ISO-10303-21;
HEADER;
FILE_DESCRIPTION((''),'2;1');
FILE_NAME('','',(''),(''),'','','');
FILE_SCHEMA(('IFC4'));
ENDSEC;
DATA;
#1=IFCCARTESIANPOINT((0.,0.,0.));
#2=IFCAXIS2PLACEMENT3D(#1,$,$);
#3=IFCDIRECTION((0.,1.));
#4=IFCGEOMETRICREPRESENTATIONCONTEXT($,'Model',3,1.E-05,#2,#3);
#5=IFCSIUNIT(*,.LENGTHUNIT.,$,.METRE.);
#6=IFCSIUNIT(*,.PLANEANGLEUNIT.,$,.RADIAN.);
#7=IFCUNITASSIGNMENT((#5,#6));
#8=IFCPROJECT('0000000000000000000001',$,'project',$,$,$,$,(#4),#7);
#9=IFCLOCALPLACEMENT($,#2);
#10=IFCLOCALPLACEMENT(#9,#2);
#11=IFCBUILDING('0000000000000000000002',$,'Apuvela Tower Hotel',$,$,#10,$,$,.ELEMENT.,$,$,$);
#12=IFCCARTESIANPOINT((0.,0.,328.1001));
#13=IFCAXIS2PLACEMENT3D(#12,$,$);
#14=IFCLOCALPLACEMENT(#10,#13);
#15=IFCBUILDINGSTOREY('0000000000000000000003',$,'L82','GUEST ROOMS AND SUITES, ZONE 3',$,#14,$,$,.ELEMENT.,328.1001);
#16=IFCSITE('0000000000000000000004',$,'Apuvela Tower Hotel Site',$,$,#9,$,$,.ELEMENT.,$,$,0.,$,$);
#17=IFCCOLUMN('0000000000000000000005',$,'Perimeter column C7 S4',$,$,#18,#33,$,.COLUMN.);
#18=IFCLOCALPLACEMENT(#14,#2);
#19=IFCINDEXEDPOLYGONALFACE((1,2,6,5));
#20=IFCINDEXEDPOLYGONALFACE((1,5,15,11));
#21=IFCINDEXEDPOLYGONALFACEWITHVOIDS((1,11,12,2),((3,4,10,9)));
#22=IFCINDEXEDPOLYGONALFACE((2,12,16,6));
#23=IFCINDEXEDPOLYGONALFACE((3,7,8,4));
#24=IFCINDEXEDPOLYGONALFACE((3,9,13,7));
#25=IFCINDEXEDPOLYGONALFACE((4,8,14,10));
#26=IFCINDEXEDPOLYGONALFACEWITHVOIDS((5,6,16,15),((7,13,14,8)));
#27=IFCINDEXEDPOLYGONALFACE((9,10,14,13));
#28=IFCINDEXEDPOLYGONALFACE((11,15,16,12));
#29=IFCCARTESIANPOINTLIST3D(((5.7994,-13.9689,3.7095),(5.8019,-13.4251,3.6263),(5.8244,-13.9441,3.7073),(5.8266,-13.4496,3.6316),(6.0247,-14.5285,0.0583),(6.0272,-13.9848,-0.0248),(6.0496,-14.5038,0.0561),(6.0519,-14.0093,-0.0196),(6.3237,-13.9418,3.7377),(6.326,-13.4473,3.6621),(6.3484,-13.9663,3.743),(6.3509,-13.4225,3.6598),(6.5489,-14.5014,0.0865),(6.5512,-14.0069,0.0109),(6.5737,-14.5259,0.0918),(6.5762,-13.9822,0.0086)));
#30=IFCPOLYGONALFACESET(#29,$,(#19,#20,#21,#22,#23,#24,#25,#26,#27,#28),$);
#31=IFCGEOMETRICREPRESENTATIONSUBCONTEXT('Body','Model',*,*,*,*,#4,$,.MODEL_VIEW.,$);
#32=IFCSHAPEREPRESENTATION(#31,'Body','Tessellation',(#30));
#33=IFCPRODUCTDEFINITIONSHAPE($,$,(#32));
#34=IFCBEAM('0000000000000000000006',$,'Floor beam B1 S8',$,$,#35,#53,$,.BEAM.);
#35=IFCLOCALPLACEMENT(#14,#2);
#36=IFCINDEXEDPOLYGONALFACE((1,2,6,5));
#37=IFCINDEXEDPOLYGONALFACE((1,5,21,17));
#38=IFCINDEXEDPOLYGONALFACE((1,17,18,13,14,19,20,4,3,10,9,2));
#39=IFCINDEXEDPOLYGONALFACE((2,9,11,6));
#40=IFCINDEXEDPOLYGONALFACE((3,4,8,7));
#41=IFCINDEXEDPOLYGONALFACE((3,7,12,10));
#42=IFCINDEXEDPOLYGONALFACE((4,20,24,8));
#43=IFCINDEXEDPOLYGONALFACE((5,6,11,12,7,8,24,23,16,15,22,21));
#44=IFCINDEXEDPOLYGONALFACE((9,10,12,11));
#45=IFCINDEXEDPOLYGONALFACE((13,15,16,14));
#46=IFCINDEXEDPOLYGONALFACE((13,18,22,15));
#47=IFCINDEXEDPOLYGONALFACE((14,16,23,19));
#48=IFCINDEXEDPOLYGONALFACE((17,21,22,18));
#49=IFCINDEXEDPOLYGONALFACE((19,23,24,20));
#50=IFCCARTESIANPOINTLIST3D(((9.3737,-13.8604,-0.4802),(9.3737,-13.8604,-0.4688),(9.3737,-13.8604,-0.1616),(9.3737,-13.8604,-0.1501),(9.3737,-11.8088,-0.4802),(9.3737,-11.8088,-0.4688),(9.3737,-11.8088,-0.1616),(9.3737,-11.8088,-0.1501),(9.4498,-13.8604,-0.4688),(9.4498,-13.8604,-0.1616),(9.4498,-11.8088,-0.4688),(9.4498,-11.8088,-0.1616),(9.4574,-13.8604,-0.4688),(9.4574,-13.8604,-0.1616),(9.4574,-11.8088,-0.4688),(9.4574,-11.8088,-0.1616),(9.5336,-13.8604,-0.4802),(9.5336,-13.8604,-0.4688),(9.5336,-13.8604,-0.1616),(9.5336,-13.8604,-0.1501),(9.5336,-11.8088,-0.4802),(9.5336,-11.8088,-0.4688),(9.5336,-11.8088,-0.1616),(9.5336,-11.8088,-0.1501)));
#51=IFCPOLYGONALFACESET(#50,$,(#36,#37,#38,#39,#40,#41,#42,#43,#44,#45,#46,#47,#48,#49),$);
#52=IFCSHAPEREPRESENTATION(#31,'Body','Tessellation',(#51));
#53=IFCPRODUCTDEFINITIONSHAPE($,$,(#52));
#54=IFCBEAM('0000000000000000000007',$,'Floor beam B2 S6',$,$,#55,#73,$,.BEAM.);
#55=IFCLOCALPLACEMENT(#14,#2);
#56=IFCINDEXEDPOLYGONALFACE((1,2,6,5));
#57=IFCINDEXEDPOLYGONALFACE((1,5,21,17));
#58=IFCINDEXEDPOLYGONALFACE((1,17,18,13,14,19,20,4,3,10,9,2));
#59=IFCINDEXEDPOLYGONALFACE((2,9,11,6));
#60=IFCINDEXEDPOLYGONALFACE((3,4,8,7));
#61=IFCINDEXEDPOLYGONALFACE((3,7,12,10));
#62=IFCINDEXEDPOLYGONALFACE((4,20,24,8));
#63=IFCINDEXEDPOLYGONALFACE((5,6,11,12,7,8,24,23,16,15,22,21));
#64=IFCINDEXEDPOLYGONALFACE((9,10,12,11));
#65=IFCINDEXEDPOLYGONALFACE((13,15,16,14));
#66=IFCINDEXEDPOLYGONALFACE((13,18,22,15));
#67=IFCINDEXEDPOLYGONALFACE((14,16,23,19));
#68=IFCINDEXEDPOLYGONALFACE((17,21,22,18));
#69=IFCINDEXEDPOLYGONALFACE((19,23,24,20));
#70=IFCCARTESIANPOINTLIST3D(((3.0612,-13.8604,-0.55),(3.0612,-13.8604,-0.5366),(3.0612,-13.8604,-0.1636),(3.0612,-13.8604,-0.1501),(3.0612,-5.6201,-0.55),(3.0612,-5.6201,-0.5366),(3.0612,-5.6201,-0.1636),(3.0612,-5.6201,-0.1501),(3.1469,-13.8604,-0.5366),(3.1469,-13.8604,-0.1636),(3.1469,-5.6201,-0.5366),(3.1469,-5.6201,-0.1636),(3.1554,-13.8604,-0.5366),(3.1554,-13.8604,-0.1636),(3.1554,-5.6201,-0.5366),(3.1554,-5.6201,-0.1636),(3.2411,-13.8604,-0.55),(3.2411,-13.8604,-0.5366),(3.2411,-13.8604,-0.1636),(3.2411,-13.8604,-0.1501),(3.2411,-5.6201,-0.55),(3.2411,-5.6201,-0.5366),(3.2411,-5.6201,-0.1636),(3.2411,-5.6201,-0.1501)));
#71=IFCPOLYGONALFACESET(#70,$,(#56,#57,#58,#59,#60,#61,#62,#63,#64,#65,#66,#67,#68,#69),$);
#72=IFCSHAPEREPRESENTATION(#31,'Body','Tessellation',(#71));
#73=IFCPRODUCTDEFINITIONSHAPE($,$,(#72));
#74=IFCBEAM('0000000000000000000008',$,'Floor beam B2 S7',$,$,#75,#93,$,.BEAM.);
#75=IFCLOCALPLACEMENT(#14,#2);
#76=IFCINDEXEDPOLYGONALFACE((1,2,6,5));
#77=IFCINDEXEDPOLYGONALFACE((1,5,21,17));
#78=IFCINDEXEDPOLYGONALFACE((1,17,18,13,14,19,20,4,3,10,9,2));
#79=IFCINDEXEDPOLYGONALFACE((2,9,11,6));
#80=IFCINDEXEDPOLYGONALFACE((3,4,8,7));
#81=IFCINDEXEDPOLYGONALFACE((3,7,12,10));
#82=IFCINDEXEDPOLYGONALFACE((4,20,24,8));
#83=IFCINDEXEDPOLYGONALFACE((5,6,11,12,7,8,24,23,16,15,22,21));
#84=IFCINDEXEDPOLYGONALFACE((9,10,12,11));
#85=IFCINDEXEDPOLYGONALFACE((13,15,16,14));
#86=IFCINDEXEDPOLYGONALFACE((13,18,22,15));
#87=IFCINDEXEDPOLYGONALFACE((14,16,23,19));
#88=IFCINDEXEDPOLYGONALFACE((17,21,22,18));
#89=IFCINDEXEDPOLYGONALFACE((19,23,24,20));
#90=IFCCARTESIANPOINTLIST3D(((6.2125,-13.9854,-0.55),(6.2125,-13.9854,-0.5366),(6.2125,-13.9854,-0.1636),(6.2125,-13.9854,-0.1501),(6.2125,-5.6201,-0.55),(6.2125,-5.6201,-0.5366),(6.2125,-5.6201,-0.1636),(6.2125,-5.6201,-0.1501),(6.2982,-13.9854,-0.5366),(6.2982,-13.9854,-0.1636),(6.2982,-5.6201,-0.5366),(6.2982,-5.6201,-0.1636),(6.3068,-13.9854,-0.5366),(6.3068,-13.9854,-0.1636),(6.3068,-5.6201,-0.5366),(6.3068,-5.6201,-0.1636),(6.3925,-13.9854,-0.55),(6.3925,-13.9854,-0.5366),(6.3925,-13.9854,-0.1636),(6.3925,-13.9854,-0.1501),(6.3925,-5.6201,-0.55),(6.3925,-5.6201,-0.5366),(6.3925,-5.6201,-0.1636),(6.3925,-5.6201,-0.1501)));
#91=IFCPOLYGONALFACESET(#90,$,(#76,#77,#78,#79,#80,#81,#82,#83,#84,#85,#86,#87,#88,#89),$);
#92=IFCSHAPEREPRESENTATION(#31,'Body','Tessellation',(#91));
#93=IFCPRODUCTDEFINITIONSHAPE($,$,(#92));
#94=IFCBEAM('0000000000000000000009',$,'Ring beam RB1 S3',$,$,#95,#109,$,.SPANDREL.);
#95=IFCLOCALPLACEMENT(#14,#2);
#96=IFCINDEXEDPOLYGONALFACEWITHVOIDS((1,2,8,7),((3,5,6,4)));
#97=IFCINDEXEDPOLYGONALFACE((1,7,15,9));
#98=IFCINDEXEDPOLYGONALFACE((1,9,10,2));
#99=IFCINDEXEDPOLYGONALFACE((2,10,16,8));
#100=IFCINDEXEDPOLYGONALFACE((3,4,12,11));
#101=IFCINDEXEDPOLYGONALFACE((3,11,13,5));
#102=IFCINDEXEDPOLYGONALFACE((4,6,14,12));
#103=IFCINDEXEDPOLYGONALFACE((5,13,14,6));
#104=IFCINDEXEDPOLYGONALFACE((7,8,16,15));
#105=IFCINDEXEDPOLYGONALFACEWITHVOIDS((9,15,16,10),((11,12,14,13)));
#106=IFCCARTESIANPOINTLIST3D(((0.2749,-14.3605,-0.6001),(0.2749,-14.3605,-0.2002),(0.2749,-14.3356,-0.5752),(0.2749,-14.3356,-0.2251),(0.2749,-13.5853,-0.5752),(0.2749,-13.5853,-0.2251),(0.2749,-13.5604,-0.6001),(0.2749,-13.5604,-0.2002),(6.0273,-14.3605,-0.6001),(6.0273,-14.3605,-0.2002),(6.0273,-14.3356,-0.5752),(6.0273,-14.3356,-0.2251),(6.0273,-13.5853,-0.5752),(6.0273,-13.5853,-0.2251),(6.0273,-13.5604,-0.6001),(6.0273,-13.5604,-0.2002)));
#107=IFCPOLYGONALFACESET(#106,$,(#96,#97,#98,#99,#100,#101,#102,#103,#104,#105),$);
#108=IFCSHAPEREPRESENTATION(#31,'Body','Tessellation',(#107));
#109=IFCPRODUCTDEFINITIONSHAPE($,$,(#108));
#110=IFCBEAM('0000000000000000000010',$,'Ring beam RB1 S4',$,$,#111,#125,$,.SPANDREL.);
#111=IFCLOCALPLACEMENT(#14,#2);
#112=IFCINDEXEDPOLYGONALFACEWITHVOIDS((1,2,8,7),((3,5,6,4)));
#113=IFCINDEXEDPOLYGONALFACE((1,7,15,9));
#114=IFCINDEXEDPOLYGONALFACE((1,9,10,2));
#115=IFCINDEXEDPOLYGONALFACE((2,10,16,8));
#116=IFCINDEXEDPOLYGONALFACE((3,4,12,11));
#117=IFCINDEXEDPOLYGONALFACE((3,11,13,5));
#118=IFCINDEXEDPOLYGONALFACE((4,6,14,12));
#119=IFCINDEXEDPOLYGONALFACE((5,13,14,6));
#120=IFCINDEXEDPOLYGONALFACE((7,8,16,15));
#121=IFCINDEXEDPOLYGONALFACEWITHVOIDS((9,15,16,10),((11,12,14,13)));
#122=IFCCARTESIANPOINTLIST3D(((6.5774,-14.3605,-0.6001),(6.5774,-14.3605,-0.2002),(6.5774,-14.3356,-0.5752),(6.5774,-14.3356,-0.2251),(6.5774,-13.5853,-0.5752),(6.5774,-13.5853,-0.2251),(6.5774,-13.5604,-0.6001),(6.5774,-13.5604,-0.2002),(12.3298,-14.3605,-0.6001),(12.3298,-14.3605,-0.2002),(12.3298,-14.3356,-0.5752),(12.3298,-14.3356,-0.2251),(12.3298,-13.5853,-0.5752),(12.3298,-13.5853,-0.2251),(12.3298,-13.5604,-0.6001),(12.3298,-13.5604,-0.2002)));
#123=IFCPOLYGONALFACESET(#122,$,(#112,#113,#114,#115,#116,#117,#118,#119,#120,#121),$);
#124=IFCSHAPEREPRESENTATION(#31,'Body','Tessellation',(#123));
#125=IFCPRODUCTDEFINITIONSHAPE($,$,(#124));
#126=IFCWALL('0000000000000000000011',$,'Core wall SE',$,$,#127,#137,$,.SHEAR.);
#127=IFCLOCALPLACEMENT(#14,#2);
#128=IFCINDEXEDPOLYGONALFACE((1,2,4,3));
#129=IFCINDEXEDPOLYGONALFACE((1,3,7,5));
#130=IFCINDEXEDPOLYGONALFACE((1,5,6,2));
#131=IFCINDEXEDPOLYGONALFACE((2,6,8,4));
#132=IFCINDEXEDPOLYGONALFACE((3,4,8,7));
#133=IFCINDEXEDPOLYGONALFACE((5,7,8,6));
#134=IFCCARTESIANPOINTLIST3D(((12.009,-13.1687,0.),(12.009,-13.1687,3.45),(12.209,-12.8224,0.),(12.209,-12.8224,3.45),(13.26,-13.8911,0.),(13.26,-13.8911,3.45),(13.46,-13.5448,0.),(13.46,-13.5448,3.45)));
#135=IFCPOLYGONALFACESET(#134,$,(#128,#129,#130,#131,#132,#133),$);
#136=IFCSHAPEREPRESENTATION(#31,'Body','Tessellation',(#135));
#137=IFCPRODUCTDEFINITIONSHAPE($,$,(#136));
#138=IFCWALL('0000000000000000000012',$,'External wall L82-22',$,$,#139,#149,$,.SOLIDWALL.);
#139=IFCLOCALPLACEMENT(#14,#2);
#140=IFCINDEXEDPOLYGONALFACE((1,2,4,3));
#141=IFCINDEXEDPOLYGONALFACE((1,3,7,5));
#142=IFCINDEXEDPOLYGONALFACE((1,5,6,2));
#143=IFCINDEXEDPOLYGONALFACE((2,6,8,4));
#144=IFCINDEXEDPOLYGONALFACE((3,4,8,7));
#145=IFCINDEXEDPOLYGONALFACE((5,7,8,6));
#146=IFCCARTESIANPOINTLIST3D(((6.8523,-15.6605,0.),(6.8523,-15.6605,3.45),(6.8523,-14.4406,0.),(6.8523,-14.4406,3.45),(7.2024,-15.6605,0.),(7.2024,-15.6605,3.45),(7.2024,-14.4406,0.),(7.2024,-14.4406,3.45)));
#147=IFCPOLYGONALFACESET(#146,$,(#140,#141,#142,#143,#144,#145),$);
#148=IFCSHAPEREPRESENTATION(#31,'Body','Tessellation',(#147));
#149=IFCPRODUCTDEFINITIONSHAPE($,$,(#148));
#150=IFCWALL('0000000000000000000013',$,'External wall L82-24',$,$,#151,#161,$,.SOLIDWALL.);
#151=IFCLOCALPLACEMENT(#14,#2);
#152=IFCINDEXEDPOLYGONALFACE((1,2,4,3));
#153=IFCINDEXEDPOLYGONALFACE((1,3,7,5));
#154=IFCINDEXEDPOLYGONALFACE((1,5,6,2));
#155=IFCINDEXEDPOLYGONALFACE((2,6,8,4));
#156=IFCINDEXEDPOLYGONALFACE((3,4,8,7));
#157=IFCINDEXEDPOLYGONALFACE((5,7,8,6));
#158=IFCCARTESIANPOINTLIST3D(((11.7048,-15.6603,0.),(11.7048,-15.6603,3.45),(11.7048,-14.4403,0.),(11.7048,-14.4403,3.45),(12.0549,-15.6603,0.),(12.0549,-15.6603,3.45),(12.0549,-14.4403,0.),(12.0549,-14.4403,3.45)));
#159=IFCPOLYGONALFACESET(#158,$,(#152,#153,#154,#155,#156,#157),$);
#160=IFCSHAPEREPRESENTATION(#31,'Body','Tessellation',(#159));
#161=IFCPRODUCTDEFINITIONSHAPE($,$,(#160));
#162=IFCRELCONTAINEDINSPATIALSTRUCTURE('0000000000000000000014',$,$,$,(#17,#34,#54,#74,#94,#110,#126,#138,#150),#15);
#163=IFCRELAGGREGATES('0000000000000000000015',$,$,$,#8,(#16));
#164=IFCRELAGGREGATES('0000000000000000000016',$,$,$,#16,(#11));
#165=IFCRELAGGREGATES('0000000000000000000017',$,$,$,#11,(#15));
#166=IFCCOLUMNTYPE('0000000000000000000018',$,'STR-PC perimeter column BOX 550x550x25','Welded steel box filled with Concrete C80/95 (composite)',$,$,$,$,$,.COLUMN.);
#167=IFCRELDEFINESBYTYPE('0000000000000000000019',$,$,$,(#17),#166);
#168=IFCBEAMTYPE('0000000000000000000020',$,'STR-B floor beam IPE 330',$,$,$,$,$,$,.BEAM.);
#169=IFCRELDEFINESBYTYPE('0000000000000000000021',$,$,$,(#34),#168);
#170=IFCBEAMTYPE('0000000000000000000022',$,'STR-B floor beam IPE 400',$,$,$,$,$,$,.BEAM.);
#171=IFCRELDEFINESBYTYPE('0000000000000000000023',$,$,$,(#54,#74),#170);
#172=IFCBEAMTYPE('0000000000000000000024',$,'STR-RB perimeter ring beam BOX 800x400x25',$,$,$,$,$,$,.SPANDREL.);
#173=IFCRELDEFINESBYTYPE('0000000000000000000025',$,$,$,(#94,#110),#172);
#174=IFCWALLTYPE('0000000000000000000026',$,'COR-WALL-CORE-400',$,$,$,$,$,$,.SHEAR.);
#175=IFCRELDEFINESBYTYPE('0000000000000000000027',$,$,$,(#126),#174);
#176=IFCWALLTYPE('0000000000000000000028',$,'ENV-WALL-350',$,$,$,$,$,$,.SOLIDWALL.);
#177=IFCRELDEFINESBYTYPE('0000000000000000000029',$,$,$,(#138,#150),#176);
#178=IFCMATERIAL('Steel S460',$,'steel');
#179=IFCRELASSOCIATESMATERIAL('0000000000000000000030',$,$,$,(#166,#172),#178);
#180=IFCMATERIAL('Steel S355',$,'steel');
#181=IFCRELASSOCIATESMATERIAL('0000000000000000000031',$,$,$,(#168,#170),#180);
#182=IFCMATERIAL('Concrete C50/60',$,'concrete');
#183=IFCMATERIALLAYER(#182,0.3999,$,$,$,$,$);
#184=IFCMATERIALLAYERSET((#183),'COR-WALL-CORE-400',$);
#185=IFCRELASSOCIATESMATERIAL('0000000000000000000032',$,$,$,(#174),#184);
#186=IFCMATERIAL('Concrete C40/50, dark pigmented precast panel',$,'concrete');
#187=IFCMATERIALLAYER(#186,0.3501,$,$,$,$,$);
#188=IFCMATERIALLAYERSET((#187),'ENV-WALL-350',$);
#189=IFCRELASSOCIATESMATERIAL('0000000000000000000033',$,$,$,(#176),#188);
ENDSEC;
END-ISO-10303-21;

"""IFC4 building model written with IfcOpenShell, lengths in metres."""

from ifc_helpers import new_model, si_unit, direction, frame, frame_2d, origin, origin_2d, place, context, subcontext, project, spatial, rectangle, hollow_rectangle, i_section, extrude, boolean, halfspace, material, layer, layer_set, material_profile, profile_set, type_object, element, save


model = new_model("IFC4")

# Units and contexts
model_context = context("Model", 3, precision=1e-05, world=origin(), true_north=direction((0.0, 1.0)))
body_context = subcontext(model_context, "Body", "Model", "MODEL_VIEW")
ifc_project = project(units=[si_unit("LENGTHUNIT", "METRE"), si_unit("PLANEANGLEUNIT", "RADIAN")], contexts=[model_context])

# Site, building, storey
site_placement = place(None, origin())
site = spatial("IfcSite", under=ifc_project, at=site_placement, Name="Apuvela Tower Hotel Site", CompositionType="ELEMENT", RefElevation=0.0)
building_placement = place(site_placement, origin())
building = spatial("IfcBuilding", under=site, at=building_placement, Name="Apuvela Tower Hotel", CompositionType="ELEMENT")
storey_placement = place(building_placement, frame((0.0, 0.0, 328.1001)))
storey = spatial("IfcBuildingStorey", under=building, at=storey_placement, Name="L82", Description="GUEST ROOMS AND SUITES, ZONE 3", CompositionType="ELEMENT", Elevation=328.1001)

# Column
ifc_material_1 = material(Name="Steel S460", Category="steel")
ifc_material_profile_1 = material_profile(ifc_material_1, hollow_rectangle(XDim=0.55, YDim=0.55, WallThickness=0.0249, at=origin_2d()), Name="BOX 550x550x25")
ifc_material_2 = material(Name="Concrete C80/95", Category="concrete")
ifc_material_profile_2 = material_profile(ifc_material_2, rectangle(XDim=0.5, YDim=0.5, at=origin_2d()), Name="Concrete C80/95 infill")
ifc_profile_set_1 = profile_set([ifc_material_profile_1, ifc_material_profile_2], Name="Steel S460")
column_type = type_object("IfcColumnType", Name="STR-PC perimeter column BOX 550x550x25", Description="Welded steel box filled with Concrete C80/95 (composite)", PredefinedType="COLUMN", material=ifc_profile_set_1)
column_placement = place(storey_placement, frame((6.3025, -14.2605, 0.0), z_axis=(-0.06087, 0.151232, 0.986622), x_axis=(0.998135, 0.004714, 0.060858)))
element("IfcColumn", 1, at=column_placement, inside=storey, type_object=column_type, Name="Perimeter column C7 S4", PredefinedType="COLUMN", context=body_context, shape_type="SweptSolid", body=[
    boolean("DIFFERENCE", boolean("DIFFERENCE", extrude(hollow_rectangle(XDim=0.55, YDim=0.55, WallThickness=0.0249, at=origin_2d()), origin(), (0.0, 0.0, 1.0), 3.75), halfspace(frame((0.0, 0.0, 0.0339), z_axis=(0.0, 0.0, 1.0), x_axis=(1.0, 0.0, 0.0)), True)), halfspace(frame((0.0, 0.0, 3.7346), z_axis=(0.0, 0.0, 1.0), x_axis=(1.0, 0.0, 0.0)), False)),
])

# Beams
ifc_material_3 = material(Name="Steel S355", Category="steel")
ifc_material_profile_3 = material_profile(ifc_material_3, i_section(OverallWidth=0.1599, OverallDepth=0.3301, WebThickness=0.0076, FlangeThickness=0.0115, at=origin_2d()), Name="IPE 330")
ifc_profile_set_2 = profile_set([ifc_material_profile_3], Name="Steel S355")
beam_type_1 = type_object("IfcBeamType", Name="STR-B floor beam IPE 330", PredefinedType="BEAM", material=ifc_profile_set_2)
beam_1_placement = place(storey_placement, frame((9.4536, -13.8604, -0.3152), z_axis=(0.0, 1.0, 0.0), x_axis=(-1.0, 0.0, 0.0)))
element("IfcBeam", 2, at=beam_1_placement, inside=storey, type_object=beam_type_1, Name="Floor beam B1 S8", PredefinedType="BEAM", context=body_context, shape_type="SweptSolid", body=[
    extrude(i_section(OverallWidth=0.1599, OverallDepth=0.3301, WebThickness=0.0076, FlangeThickness=0.0115, at=origin_2d()), origin(), (0.0, 0.0, 1.0), 2.0515),
])
ifc_material_profile_4 = material_profile(ifc_material_3, i_section(OverallWidth=0.1799, OverallDepth=0.3999, WebThickness=0.0085, FlangeThickness=0.0134, at=origin_2d()), Name="IPE 400")
ifc_profile_set_3 = profile_set([ifc_material_profile_4], Name="Steel S355")
beam_type_2 = type_object("IfcBeamType", Name="STR-B floor beam IPE 400", PredefinedType="BEAM", material=ifc_profile_set_3)
beam_2_placement = place(storey_placement, frame((3.1511, -13.8604, -0.3501), z_axis=(0.0, 1.0, 0.0), x_axis=(-1.0, 0.0, 0.0)))
element("IfcBeam", 3, at=beam_2_placement, inside=storey, type_object=beam_type_2, Name="Floor beam B2 S6", PredefinedType="BEAM", context=body_context, shape_type="SweptSolid", body=[
    extrude(i_section(OverallWidth=0.1799, OverallDepth=0.3999, WebThickness=0.0085, FlangeThickness=0.0134, at=origin_2d()), origin(), (0.0, 0.0, 1.0), 8.2402),
])
beam_3_placement = place(storey_placement, frame((6.3025, -13.9854, -0.3501), z_axis=(0.0, 1.0, 0.0), x_axis=(-1.0, 0.0, 0.0)))
element("IfcBeam", 4, at=beam_3_placement, inside=storey, type_object=beam_type_2, Name="Floor beam B2 S7", PredefinedType="BEAM", context=body_context, shape_type="SweptSolid", body=[
    extrude(i_section(OverallWidth=0.1799, OverallDepth=0.3999, WebThickness=0.0085, FlangeThickness=0.0134, at=origin_2d()), origin(), (0.0, 0.0, 1.0), 8.3652),
])
ifc_material_profile_5 = material_profile(ifc_material_1, hollow_rectangle(XDim=0.8, YDim=0.3999, WallThickness=0.0249, at=origin_2d()), Name="BOX 800x400x25")
ifc_profile_set_4 = profile_set([ifc_material_profile_5], Name="Steel S460")
beam_type_3 = type_object("IfcBeamType", Name="STR-RB perimeter ring beam BOX 800x400x25", PredefinedType="SPANDREL", material=ifc_profile_set_4)
for number, where, z_axis, x_axis, name in (
    (5, (0.2749, -13.9604, -0.4001), (1.0, 0.0, 0.0), (0.0, 1.0, 0.0), "Ring beam RB1 S3"),
    (6, (6.5774, -13.9604, -0.4001), (1.0, 0.0, 0.0), (0.0, 1.0, 0.0), "Ring beam RB1 S4"),
):
    element("IfcBeam", number, at=place(storey_placement, frame(where, z_axis=z_axis, x_axis=x_axis)), inside=storey, type_object=beam_type_3, Name=name, PredefinedType="SPANDREL", context=body_context, shape_type="SweptSolid", body=[
        extrude(hollow_rectangle(XDim=0.8, YDim=0.3999, WallThickness=0.0249, at=origin_2d()), origin(), (0.0, 0.0, 1.0), 5.7524),
    ])

# Walls
ifc_material_4 = material(Name="Concrete C50/60", Category="concrete")
ifc_layer_1 = layer(ifc_material_4, 0.3999)
ifc_layer_set_1 = layer_set([ifc_layer_1], Name="COR-WALL-CORE-400")
wall_type_1 = type_object("IfcWallType", Name="COR-WALL-CORE-400", PredefinedType="SHEAR", material=ifc_layer_set_1)
wall_1_placement = place(storey_placement, frame((12.1091, -12.9956, 0.0), z_axis=(0.0, 0.0, 1.0), x_axis=(0.865977, -0.500083, 0.0)))
element("IfcWall", 7, at=wall_1_placement, inside=storey, type_object=wall_type_1, Name="Core wall SE", PredefinedType="SHEAR", context=body_context, shape_type="SweptSolid", body=[
    extrude(rectangle(XDim=1.4446, YDim=0.3999, at=frame_2d((0.7222, 0.0))), origin(), (0.0, 0.0, 1.0), 3.45),
])
ifc_material_5 = material(Name="Concrete C40/50, dark pigmented precast panel", Category="concrete")
ifc_layer_2 = layer(ifc_material_5, 0.3501)
ifc_layer_set_2 = layer_set([ifc_layer_2], Name="ENV-WALL-350")
wall_type_2 = type_object("IfcWallType", Name="ENV-WALL-350", PredefinedType="SOLIDWALL", material=ifc_layer_set_2)
wall_2_placement = place(storey_placement, frame((7.0273, -15.6604, 0.0), z_axis=(0.0, 0.0, 1.0), x_axis=(0.0, 1.0, 0.0)))
element("IfcWall", 8, at=wall_2_placement, inside=storey, type_object=wall_type_2, Name="External wall L82-22", PredefinedType="SOLIDWALL", context=body_context, shape_type="SweptSolid", body=[
    extrude(rectangle(XDim=1.22, YDim=0.3501, at=frame_2d((0.6099, 0.0))), origin(), (0.0, 0.0, 1.0), 3.45),
])

# Wall
wall_3_placement = place(storey_placement, frame((11.8799, -14.4404, 0.0), z_axis=(0.0, 0.0, 1.0), x_axis=(0.0, -1.0, 0.0)))
element("IfcWall", 9, at=wall_3_placement, inside=storey, type_object=wall_type_2, Name="External wall L82-24", PredefinedType="SOLIDWALL", context=body_context, shape_type="SweptSolid", body=[
    extrude(rectangle(XDim=1.22, YDim=0.3501, at=frame_2d((0.6099, 0.0))), origin(), (0.0, 0.0, 1.0), 3.45),
])

save(model, "model.ifc")
